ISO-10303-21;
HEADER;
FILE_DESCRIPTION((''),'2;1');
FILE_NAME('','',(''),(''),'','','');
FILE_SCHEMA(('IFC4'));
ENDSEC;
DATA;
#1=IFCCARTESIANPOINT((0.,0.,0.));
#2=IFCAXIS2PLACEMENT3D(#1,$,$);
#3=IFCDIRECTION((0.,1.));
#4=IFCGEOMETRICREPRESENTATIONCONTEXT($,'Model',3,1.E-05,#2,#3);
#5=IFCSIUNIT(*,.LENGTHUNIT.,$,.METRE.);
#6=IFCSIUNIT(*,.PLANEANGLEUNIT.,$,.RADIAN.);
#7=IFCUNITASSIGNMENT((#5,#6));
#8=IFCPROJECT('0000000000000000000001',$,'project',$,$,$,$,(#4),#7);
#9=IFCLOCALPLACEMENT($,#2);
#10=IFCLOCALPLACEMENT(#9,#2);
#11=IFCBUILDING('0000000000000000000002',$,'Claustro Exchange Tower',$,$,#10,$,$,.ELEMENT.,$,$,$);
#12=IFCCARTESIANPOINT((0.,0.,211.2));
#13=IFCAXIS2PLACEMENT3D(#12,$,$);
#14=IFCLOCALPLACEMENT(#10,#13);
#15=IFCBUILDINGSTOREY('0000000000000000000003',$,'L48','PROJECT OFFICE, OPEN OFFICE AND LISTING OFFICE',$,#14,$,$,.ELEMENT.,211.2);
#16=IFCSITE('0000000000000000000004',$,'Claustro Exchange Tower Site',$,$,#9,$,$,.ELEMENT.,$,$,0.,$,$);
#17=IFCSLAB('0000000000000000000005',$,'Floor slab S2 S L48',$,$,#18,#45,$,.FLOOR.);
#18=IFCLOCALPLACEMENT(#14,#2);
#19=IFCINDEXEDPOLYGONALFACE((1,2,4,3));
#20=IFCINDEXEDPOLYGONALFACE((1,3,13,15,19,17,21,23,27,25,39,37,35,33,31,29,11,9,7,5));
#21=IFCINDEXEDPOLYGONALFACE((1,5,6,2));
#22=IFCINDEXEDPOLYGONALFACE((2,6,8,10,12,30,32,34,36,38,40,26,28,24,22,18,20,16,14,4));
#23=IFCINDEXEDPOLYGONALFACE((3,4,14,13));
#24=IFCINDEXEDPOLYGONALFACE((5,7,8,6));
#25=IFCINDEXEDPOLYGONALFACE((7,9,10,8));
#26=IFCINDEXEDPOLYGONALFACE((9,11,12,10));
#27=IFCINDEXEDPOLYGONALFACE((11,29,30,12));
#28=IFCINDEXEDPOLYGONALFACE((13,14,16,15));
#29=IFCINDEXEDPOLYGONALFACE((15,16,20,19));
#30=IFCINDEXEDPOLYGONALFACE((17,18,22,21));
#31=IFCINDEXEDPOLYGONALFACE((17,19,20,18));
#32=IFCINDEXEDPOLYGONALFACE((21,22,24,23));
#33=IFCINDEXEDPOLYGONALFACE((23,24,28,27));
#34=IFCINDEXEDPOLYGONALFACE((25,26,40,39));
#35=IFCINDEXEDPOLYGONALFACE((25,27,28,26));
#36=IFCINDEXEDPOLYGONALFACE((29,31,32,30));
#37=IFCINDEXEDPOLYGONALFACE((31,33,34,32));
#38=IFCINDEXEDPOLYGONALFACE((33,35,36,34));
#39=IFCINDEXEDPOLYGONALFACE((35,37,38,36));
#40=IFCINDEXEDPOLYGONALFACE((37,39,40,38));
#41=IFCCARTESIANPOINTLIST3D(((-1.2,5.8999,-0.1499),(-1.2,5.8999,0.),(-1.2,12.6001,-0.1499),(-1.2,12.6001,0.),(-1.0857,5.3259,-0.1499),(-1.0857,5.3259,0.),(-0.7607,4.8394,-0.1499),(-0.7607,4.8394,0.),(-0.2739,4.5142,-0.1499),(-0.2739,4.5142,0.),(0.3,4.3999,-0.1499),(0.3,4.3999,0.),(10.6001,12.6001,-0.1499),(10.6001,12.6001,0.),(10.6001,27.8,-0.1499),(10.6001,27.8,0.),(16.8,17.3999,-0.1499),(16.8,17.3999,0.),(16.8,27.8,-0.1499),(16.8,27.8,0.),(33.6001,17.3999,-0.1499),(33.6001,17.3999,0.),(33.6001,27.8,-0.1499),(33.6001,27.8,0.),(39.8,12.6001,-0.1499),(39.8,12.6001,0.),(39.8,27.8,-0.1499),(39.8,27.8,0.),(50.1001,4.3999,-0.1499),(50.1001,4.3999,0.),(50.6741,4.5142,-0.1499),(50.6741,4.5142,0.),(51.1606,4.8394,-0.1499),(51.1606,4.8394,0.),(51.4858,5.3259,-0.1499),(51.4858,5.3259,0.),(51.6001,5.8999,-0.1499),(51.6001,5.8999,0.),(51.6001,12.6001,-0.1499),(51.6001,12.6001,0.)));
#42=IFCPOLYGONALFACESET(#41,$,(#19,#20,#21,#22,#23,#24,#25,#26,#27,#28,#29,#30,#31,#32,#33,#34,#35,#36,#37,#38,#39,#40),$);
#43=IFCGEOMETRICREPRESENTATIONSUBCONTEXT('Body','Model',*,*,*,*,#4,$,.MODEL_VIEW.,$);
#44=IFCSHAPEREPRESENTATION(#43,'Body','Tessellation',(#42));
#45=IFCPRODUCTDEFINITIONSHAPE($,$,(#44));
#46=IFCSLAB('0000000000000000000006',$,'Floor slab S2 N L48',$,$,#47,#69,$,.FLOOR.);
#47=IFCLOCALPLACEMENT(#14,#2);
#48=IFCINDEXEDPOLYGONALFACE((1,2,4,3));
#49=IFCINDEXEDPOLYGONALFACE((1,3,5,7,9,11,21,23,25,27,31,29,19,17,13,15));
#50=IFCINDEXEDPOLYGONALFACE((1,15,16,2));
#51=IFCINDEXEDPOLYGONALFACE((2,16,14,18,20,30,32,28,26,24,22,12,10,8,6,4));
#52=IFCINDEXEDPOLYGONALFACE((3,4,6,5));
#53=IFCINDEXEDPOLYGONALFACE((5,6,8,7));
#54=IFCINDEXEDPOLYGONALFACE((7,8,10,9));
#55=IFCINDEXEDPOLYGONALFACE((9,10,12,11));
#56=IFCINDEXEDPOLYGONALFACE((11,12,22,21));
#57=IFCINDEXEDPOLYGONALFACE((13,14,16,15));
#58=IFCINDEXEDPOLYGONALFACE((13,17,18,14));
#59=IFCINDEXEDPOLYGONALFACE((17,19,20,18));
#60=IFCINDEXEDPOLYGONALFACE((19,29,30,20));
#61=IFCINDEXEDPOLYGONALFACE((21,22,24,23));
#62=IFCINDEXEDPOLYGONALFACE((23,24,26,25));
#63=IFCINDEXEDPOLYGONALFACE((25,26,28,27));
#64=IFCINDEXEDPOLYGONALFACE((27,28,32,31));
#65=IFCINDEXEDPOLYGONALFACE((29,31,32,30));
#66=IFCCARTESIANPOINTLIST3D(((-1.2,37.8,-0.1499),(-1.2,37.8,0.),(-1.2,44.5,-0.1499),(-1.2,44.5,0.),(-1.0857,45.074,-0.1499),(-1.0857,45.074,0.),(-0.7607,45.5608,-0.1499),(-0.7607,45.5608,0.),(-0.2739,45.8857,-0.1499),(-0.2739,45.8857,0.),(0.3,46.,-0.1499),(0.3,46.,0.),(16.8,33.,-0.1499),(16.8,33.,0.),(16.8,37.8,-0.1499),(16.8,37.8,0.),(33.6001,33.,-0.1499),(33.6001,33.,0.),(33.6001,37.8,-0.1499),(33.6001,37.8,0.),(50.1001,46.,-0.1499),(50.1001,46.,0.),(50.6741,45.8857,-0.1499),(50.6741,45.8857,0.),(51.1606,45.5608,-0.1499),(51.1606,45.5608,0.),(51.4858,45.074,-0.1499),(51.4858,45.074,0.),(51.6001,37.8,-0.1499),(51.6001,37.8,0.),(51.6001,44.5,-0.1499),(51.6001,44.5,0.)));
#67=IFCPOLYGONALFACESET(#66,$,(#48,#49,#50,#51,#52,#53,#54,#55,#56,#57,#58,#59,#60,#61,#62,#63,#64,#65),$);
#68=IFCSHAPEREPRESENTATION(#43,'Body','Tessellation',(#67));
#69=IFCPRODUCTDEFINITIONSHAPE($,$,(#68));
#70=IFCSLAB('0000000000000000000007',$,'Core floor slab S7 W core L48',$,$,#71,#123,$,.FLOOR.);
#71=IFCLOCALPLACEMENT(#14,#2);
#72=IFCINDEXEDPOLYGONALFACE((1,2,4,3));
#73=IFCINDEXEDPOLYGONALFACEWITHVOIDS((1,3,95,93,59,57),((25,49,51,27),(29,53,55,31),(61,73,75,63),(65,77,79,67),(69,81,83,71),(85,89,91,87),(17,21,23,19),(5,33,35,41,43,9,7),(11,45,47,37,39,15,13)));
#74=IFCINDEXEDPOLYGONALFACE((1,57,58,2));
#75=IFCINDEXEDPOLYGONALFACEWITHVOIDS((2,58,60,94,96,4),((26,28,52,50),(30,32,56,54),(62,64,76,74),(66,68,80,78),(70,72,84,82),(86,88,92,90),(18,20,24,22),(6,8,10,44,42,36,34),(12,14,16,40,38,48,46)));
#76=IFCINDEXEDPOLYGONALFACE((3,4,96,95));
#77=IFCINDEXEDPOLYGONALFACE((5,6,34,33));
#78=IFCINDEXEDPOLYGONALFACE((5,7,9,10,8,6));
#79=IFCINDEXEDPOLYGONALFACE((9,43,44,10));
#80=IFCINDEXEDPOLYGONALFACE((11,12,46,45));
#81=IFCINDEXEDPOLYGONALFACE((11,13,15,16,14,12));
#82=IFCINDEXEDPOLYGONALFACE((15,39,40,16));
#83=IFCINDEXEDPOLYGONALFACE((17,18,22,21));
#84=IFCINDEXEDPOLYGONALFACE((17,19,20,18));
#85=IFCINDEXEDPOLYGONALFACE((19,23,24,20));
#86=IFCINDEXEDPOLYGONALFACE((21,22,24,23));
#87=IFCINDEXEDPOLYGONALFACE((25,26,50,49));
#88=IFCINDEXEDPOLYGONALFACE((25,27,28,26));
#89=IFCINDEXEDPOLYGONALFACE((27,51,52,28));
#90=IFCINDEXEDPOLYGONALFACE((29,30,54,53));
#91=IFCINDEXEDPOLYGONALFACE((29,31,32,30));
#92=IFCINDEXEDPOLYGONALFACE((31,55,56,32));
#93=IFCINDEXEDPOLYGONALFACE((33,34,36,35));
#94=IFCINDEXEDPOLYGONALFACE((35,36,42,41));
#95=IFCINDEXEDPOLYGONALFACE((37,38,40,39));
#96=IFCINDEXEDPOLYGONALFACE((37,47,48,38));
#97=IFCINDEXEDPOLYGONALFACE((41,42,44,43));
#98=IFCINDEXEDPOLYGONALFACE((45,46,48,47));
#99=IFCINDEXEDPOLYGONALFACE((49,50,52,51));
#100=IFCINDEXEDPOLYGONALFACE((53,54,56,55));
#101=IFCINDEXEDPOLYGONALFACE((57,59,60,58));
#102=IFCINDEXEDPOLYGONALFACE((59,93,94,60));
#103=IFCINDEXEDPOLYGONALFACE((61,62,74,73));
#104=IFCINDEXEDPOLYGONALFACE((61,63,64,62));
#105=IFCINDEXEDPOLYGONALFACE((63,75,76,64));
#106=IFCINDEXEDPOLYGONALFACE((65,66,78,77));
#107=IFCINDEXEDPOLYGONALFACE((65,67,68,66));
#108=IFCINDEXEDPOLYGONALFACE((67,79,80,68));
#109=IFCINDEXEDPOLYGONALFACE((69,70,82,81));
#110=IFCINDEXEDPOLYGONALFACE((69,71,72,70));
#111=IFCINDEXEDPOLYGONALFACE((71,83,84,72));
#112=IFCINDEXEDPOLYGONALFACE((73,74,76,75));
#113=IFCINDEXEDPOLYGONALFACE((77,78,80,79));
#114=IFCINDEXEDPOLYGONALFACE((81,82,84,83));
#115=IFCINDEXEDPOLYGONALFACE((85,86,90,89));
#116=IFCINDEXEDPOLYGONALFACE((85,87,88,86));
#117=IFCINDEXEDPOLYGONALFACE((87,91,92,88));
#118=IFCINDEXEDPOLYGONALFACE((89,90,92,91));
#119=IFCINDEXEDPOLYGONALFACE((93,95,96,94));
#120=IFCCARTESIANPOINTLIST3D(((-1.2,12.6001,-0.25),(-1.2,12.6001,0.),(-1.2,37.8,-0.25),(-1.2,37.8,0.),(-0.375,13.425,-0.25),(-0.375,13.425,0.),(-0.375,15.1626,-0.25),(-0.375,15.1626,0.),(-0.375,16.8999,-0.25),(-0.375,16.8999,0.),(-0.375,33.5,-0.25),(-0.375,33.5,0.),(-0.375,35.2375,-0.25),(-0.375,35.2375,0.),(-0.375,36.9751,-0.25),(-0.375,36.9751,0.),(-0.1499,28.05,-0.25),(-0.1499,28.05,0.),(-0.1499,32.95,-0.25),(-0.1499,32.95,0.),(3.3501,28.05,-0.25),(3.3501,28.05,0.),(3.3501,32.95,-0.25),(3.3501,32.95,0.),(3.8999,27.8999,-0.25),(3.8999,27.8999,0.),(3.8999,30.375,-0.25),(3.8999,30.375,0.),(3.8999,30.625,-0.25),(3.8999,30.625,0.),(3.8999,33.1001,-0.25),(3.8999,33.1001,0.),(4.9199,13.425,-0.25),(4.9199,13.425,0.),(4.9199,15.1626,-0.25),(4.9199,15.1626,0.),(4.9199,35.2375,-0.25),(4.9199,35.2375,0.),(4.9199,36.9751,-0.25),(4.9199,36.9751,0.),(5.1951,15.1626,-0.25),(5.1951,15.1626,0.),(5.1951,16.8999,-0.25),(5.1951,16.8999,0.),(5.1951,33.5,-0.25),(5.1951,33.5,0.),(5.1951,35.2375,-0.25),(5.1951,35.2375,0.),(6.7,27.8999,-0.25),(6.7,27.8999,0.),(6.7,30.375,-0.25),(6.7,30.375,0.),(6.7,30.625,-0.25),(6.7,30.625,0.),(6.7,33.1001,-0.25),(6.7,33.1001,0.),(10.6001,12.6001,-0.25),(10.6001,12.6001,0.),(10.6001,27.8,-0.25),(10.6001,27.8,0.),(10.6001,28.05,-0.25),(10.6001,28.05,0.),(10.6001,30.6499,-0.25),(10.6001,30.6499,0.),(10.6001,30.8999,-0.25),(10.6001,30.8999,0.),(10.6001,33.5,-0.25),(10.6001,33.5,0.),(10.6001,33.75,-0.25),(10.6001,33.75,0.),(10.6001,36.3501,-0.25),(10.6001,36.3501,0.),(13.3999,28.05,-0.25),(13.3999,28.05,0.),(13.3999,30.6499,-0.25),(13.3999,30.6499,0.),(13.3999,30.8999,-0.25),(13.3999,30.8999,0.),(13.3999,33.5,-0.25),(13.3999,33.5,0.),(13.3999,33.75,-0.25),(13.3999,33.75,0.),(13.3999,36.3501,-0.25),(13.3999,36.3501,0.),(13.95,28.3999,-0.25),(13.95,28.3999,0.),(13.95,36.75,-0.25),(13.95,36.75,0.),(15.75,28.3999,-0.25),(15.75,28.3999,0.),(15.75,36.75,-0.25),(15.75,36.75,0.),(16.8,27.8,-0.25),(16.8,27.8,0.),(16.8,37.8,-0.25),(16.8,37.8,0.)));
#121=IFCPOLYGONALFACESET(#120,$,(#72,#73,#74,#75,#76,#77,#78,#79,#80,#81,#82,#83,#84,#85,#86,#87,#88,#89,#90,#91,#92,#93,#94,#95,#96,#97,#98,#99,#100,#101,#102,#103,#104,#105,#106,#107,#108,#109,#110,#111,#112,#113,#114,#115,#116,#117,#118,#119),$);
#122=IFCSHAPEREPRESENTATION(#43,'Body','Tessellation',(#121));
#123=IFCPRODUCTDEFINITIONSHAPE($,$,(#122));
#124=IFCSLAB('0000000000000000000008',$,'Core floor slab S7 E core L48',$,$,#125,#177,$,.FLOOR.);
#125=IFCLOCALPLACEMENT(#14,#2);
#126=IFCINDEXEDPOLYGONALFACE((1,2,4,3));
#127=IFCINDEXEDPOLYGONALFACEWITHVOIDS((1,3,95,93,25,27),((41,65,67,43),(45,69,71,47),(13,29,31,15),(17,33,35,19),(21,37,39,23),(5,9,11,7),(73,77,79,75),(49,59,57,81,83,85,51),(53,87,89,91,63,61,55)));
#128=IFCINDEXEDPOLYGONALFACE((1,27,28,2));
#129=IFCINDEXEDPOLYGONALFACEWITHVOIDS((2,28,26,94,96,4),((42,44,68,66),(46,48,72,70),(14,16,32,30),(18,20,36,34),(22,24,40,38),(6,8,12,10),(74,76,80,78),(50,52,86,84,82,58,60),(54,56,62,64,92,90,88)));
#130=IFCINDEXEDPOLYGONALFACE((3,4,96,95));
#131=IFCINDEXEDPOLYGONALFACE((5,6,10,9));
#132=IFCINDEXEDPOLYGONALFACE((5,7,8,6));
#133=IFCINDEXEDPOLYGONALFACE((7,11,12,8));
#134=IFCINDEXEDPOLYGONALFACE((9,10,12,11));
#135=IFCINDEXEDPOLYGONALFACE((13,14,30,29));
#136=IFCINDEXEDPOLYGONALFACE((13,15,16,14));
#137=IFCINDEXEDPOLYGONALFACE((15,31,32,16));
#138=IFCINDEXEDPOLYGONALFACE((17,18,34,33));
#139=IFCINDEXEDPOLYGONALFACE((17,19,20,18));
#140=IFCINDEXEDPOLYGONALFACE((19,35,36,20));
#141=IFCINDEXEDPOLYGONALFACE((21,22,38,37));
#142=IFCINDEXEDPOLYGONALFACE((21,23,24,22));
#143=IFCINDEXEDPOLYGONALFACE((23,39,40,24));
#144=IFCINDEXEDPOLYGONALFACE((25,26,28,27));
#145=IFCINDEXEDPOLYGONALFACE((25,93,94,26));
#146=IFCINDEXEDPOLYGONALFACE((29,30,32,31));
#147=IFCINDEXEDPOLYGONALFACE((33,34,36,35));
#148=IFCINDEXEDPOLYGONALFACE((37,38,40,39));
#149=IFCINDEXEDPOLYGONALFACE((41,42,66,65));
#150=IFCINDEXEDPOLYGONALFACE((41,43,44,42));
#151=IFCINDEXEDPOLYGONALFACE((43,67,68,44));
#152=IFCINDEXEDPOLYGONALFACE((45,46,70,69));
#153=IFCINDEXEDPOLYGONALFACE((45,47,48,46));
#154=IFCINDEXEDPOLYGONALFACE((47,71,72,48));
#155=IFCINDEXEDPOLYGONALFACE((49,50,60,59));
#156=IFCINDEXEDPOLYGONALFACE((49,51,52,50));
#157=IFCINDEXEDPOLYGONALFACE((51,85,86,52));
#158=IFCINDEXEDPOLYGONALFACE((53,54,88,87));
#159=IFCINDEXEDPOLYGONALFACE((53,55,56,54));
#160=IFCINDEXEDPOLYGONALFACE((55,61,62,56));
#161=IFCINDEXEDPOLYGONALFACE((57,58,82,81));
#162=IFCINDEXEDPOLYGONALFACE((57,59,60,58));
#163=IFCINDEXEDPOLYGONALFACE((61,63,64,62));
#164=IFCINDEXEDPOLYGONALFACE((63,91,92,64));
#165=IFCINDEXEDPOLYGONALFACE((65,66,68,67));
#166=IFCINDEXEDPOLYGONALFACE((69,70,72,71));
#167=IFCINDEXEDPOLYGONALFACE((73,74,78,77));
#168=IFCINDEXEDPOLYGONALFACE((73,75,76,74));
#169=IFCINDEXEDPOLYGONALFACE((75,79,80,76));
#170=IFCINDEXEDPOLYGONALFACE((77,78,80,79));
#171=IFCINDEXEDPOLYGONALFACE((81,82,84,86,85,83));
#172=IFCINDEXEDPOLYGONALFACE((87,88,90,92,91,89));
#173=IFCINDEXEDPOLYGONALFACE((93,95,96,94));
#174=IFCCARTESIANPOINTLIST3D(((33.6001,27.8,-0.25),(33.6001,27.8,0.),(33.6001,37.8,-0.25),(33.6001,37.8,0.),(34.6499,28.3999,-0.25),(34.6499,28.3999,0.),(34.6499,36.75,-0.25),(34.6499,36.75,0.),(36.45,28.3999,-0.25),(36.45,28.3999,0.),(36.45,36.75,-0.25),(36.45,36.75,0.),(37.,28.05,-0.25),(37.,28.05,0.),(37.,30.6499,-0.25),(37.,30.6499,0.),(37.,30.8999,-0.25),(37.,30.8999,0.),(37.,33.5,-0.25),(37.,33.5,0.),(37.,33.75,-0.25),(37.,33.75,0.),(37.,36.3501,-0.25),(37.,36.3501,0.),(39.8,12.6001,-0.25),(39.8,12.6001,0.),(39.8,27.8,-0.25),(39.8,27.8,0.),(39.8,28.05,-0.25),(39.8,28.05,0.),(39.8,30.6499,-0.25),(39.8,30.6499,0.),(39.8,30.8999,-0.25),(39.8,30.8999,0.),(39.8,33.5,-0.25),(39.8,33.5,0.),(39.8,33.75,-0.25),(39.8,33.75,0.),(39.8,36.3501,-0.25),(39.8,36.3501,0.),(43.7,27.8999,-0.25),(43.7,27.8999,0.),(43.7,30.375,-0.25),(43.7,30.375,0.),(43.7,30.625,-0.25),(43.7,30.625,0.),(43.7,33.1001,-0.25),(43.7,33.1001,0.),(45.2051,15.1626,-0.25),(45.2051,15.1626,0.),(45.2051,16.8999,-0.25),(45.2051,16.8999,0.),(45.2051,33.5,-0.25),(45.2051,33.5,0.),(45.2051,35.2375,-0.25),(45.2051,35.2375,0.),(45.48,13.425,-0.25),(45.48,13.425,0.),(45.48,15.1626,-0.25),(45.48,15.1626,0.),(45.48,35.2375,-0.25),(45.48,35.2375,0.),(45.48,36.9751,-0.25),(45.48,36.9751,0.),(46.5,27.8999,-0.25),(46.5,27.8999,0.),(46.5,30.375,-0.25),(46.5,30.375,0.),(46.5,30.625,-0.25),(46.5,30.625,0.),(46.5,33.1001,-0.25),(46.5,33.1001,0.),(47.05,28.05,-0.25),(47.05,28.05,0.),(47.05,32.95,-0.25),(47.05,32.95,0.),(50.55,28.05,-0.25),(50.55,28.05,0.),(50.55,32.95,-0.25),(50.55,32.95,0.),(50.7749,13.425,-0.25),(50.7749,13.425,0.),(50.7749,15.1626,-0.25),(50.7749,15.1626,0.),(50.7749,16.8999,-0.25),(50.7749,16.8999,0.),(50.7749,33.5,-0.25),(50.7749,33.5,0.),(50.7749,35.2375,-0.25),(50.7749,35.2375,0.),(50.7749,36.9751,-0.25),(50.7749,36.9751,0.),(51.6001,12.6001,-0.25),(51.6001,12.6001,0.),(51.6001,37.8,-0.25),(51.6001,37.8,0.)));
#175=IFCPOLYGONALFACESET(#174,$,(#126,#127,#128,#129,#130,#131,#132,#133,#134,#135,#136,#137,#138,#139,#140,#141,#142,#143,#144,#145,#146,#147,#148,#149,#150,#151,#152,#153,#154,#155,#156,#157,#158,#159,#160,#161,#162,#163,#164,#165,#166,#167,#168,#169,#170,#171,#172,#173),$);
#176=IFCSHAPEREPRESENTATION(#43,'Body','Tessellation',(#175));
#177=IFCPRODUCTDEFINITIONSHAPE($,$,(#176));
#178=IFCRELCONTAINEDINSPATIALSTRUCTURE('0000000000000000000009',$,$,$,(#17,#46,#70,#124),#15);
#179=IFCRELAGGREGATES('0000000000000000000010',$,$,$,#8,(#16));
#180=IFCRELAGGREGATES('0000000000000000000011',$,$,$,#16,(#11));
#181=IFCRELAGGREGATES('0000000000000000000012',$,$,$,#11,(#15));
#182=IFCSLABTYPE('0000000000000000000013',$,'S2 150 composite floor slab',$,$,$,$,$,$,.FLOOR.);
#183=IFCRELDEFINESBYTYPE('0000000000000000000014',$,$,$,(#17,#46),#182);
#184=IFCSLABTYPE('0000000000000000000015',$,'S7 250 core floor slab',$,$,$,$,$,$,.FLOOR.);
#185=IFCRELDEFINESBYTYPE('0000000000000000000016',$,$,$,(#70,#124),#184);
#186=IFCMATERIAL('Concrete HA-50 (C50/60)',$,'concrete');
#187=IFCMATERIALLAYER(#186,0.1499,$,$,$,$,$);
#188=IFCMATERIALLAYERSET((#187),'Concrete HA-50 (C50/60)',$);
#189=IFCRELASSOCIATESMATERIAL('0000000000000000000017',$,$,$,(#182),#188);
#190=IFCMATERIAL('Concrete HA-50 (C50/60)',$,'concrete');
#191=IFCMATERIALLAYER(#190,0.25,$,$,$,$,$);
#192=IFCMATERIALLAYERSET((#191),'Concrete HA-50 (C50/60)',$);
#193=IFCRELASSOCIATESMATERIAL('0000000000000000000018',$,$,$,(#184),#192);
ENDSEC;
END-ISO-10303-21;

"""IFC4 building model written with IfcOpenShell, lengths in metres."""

from ifc_helpers import new_model, si_unit, direction, frame, origin, place, context, subcontext, project, spatial, polyline, outline, extrude, material, layer, layer_set, type_object, element, save


model = new_model("IFC4")

# Units and contexts
model_context = context("Model", 3, precision=1e-05, world=origin(), true_north=direction((0.0, 1.0)))
body_context = subcontext(model_context, "Body", "Model", "MODEL_VIEW")
ifc_project = project(units=[si_unit("LENGTHUNIT", "METRE"), si_unit("PLANEANGLEUNIT", "RADIAN")], contexts=[model_context])

# Site, building, storey
site_placement = place(None, origin())
site = spatial("IfcSite", under=ifc_project, at=site_placement, Name="Claustro Exchange Tower Site", CompositionType="ELEMENT", RefElevation=0.0)
building_placement = place(site_placement, origin())
building = spatial("IfcBuilding", under=site, at=building_placement, Name="Claustro Exchange Tower", CompositionType="ELEMENT")
storey_placement = place(building_placement, frame((0.0, 0.0, 211.2)))
storey = spatial("IfcBuildingStorey", under=building, at=storey_placement, Name="L48", Description="PROJECT OFFICE, OPEN OFFICE AND LISTING OFFICE", CompositionType="ELEMENT", Elevation=211.2)

# Slabs
ifc_material_1 = material(Name="Concrete HA-50 (C50/60)", Category="concrete")
ifc_layer_1 = layer(ifc_material_1, 0.1499)
ifc_layer_set_1 = layer_set([ifc_layer_1], Name="Concrete HA-50 (C50/60)")
slab_type_1 = type_object("IfcSlabType", Name="S2 150 composite floor slab", PredefinedType="FLOOR", material=ifc_layer_set_1)
slab_1_placement = place(storey_placement, frame((0.0, 0.0, -0.1499)))
element("IfcSlab", 1, at=slab_1_placement, inside=storey, type_object=slab_type_1, Name="Floor slab S2 S L48", PredefinedType="FLOOR", context=body_context, shape_type="SweptSolid", body=[
    extrude(outline(polyline([(-0.2739, 4.5142), (0.3, 4.3999), (50.1001, 4.3999), (50.6741, 4.5142), (51.1606, 4.8394), (51.4858, 5.3259), (51.6001, 5.8999), (51.6001, 12.6001), (39.8, 12.6001), (39.8, 27.8), (33.6001, 27.8), (33.6001, 17.3999), (16.8, 17.3999), (16.8, 27.8), (10.6001, 27.8), (10.6001, 12.6001), (-1.2, 12.6001), (-1.2, 5.8999), (-1.0857, 5.3259), (-0.7607, 4.8394), (-0.2739, 4.5142)])), origin(), (0.0, 0.0, 1.0), 0.1499),
])
slab_2_placement = place(storey_placement, frame((0.0, 0.0, -0.1499)))
element("IfcSlab", 2, at=slab_2_placement, inside=storey, type_object=slab_type_1, Name="Floor slab S2 N L48", PredefinedType="FLOOR", context=body_context, shape_type="SweptSolid", body=[
    extrude(outline(polyline([(16.8, 37.8), (16.8, 33.0), (33.6001, 33.0), (33.6001, 37.8), (51.6001, 37.8), (51.6001, 44.5), (51.4858, 45.074), (51.1606, 45.5608), (50.6741, 45.8857), (50.1001, 46.0), (0.3, 46.0), (-0.2739, 45.8857), (-0.7607, 45.5608), (-1.0857, 45.074), (-1.2, 44.5), (-1.2, 37.8), (16.8, 37.8)])), origin(), (0.0, 0.0, 1.0), 0.1499),
])
ifc_material_2 = material(Name="Concrete HA-50 (C50/60)", Category="concrete")
ifc_layer_2 = layer(ifc_material_2, 0.25)
ifc_layer_set_2 = layer_set([ifc_layer_2], Name="Concrete HA-50 (C50/60)")
slab_type_2 = type_object("IfcSlabType", Name="S7 250 core floor slab", PredefinedType="FLOOR", material=ifc_layer_set_2)
slab_3_placement = place(storey_placement, frame((0.0, 0.0, -0.25)))
element("IfcSlab", 3, at=slab_3_placement, inside=storey, type_object=slab_type_2, Name="Core floor slab S7 W core L48", PredefinedType="FLOOR", context=body_context, shape_type="SweptSolid", body=[
    extrude(outline(polyline([(-1.2, 37.8), (-1.2, 12.6001), (10.6001, 12.6001), (10.6001, 27.8), (16.8, 27.8), (16.8, 37.8), (-1.2, 37.8)]), holes=[polyline([(13.95, 36.75), (15.75, 36.75), (15.75, 28.3999), (13.95, 28.3999), (13.95, 36.75)]), polyline([(10.6001, 30.6499), (13.3999, 30.6499), (13.3999, 28.05), (10.6001, 28.05), (10.6001, 30.6499)]), polyline([(10.6001, 33.5), (13.3999, 33.5), (13.3999, 30.8999), (10.6001, 30.8999), (10.6001, 33.5)]), polyline([(13.3999, 36.3501), (13.3999, 33.75), (10.6001, 33.75), (10.6001, 36.3501), (13.3999, 36.3501)]), polyline([(3.8999, 30.375), (6.7, 30.375), (6.7, 27.8999), (3.8999, 27.8999), (3.8999, 30.375)]), polyline([(3.8999, 33.1001), (6.7, 33.1001), (6.7, 30.625), (3.8999, 30.625), (3.8999, 33.1001)]), polyline([(-0.375, 15.1626), (-0.375, 16.8999), (5.1951, 16.8999), (5.1951, 15.1626), (4.9199, 15.1626), (4.9199, 13.425), (-0.375, 13.425), (-0.375, 15.1626)]), polyline([(-0.375, 35.2375), (-0.375, 36.9751), (4.9199, 36.9751), (4.9199, 35.2375), (5.1951, 35.2375), (5.1951, 33.5), (-0.375, 33.5), (-0.375, 35.2375)]), polyline([(-0.1499, 32.95), (3.3501, 32.95), (3.3501, 28.05), (-0.1499, 28.05), (-0.1499, 32.95)])]), origin(), (0.0, 0.0, 1.0), 0.25),
])
slab_4_placement = place(storey_placement, frame((0.0, 0.0, -0.25)))
element("IfcSlab", 4, at=slab_4_placement, inside=storey, type_object=slab_type_2, Name="Core floor slab S7 E core L48", PredefinedType="FLOOR", context=body_context, shape_type="SweptSolid", body=[
    extrude(outline(polyline([(51.6001, 37.8), (33.6001, 37.8), (33.6001, 27.8), (39.8, 27.8), (39.8, 12.6001), (51.6001, 12.6001), (51.6001, 37.8)]), holes=[polyline([(45.48, 15.1626), (45.2051, 15.1626), (45.2051, 16.8999), (50.7749, 16.8999), (50.7749, 15.1626), (50.7749, 13.425), (45.48, 13.425), (45.48, 15.1626)]), polyline([(45.48, 35.2375), (45.48, 36.9751), (50.7749, 36.9751), (50.7749, 35.2375), (50.7749, 33.5), (45.2051, 33.5), (45.2051, 35.2375), (45.48, 35.2375)]), polyline([(47.05, 32.95), (50.55, 32.95), (50.55, 28.05), (47.05, 28.05), (47.05, 32.95)]), polyline([(43.7, 30.375), (46.5, 30.375), (46.5, 27.8999), (43.7, 27.8999), (43.7, 30.375)]), polyline([(43.7, 33.1001), (46.5, 33.1001), (46.5, 30.625), (43.7, 30.625), (43.7, 33.1001)]), polyline([(37.0, 30.6499), (39.8, 30.6499), (39.8, 28.05), (37.0, 28.05), (37.0, 30.6499)]), polyline([(37.0, 33.5), (39.8, 33.5), (39.8, 30.8999), (37.0, 30.8999), (37.0, 33.5)]), polyline([(39.8, 36.3501), (39.8, 33.75), (37.0, 33.75), (37.0, 36.3501), (39.8, 36.3501)]), polyline([(34.6499, 36.75), (36.45, 36.75), (36.45, 28.3999), (34.6499, 28.3999), (34.6499, 36.75)])]), origin(), (0.0, 0.0, 1.0), 0.25),
])

save(model, "model.ifc")
